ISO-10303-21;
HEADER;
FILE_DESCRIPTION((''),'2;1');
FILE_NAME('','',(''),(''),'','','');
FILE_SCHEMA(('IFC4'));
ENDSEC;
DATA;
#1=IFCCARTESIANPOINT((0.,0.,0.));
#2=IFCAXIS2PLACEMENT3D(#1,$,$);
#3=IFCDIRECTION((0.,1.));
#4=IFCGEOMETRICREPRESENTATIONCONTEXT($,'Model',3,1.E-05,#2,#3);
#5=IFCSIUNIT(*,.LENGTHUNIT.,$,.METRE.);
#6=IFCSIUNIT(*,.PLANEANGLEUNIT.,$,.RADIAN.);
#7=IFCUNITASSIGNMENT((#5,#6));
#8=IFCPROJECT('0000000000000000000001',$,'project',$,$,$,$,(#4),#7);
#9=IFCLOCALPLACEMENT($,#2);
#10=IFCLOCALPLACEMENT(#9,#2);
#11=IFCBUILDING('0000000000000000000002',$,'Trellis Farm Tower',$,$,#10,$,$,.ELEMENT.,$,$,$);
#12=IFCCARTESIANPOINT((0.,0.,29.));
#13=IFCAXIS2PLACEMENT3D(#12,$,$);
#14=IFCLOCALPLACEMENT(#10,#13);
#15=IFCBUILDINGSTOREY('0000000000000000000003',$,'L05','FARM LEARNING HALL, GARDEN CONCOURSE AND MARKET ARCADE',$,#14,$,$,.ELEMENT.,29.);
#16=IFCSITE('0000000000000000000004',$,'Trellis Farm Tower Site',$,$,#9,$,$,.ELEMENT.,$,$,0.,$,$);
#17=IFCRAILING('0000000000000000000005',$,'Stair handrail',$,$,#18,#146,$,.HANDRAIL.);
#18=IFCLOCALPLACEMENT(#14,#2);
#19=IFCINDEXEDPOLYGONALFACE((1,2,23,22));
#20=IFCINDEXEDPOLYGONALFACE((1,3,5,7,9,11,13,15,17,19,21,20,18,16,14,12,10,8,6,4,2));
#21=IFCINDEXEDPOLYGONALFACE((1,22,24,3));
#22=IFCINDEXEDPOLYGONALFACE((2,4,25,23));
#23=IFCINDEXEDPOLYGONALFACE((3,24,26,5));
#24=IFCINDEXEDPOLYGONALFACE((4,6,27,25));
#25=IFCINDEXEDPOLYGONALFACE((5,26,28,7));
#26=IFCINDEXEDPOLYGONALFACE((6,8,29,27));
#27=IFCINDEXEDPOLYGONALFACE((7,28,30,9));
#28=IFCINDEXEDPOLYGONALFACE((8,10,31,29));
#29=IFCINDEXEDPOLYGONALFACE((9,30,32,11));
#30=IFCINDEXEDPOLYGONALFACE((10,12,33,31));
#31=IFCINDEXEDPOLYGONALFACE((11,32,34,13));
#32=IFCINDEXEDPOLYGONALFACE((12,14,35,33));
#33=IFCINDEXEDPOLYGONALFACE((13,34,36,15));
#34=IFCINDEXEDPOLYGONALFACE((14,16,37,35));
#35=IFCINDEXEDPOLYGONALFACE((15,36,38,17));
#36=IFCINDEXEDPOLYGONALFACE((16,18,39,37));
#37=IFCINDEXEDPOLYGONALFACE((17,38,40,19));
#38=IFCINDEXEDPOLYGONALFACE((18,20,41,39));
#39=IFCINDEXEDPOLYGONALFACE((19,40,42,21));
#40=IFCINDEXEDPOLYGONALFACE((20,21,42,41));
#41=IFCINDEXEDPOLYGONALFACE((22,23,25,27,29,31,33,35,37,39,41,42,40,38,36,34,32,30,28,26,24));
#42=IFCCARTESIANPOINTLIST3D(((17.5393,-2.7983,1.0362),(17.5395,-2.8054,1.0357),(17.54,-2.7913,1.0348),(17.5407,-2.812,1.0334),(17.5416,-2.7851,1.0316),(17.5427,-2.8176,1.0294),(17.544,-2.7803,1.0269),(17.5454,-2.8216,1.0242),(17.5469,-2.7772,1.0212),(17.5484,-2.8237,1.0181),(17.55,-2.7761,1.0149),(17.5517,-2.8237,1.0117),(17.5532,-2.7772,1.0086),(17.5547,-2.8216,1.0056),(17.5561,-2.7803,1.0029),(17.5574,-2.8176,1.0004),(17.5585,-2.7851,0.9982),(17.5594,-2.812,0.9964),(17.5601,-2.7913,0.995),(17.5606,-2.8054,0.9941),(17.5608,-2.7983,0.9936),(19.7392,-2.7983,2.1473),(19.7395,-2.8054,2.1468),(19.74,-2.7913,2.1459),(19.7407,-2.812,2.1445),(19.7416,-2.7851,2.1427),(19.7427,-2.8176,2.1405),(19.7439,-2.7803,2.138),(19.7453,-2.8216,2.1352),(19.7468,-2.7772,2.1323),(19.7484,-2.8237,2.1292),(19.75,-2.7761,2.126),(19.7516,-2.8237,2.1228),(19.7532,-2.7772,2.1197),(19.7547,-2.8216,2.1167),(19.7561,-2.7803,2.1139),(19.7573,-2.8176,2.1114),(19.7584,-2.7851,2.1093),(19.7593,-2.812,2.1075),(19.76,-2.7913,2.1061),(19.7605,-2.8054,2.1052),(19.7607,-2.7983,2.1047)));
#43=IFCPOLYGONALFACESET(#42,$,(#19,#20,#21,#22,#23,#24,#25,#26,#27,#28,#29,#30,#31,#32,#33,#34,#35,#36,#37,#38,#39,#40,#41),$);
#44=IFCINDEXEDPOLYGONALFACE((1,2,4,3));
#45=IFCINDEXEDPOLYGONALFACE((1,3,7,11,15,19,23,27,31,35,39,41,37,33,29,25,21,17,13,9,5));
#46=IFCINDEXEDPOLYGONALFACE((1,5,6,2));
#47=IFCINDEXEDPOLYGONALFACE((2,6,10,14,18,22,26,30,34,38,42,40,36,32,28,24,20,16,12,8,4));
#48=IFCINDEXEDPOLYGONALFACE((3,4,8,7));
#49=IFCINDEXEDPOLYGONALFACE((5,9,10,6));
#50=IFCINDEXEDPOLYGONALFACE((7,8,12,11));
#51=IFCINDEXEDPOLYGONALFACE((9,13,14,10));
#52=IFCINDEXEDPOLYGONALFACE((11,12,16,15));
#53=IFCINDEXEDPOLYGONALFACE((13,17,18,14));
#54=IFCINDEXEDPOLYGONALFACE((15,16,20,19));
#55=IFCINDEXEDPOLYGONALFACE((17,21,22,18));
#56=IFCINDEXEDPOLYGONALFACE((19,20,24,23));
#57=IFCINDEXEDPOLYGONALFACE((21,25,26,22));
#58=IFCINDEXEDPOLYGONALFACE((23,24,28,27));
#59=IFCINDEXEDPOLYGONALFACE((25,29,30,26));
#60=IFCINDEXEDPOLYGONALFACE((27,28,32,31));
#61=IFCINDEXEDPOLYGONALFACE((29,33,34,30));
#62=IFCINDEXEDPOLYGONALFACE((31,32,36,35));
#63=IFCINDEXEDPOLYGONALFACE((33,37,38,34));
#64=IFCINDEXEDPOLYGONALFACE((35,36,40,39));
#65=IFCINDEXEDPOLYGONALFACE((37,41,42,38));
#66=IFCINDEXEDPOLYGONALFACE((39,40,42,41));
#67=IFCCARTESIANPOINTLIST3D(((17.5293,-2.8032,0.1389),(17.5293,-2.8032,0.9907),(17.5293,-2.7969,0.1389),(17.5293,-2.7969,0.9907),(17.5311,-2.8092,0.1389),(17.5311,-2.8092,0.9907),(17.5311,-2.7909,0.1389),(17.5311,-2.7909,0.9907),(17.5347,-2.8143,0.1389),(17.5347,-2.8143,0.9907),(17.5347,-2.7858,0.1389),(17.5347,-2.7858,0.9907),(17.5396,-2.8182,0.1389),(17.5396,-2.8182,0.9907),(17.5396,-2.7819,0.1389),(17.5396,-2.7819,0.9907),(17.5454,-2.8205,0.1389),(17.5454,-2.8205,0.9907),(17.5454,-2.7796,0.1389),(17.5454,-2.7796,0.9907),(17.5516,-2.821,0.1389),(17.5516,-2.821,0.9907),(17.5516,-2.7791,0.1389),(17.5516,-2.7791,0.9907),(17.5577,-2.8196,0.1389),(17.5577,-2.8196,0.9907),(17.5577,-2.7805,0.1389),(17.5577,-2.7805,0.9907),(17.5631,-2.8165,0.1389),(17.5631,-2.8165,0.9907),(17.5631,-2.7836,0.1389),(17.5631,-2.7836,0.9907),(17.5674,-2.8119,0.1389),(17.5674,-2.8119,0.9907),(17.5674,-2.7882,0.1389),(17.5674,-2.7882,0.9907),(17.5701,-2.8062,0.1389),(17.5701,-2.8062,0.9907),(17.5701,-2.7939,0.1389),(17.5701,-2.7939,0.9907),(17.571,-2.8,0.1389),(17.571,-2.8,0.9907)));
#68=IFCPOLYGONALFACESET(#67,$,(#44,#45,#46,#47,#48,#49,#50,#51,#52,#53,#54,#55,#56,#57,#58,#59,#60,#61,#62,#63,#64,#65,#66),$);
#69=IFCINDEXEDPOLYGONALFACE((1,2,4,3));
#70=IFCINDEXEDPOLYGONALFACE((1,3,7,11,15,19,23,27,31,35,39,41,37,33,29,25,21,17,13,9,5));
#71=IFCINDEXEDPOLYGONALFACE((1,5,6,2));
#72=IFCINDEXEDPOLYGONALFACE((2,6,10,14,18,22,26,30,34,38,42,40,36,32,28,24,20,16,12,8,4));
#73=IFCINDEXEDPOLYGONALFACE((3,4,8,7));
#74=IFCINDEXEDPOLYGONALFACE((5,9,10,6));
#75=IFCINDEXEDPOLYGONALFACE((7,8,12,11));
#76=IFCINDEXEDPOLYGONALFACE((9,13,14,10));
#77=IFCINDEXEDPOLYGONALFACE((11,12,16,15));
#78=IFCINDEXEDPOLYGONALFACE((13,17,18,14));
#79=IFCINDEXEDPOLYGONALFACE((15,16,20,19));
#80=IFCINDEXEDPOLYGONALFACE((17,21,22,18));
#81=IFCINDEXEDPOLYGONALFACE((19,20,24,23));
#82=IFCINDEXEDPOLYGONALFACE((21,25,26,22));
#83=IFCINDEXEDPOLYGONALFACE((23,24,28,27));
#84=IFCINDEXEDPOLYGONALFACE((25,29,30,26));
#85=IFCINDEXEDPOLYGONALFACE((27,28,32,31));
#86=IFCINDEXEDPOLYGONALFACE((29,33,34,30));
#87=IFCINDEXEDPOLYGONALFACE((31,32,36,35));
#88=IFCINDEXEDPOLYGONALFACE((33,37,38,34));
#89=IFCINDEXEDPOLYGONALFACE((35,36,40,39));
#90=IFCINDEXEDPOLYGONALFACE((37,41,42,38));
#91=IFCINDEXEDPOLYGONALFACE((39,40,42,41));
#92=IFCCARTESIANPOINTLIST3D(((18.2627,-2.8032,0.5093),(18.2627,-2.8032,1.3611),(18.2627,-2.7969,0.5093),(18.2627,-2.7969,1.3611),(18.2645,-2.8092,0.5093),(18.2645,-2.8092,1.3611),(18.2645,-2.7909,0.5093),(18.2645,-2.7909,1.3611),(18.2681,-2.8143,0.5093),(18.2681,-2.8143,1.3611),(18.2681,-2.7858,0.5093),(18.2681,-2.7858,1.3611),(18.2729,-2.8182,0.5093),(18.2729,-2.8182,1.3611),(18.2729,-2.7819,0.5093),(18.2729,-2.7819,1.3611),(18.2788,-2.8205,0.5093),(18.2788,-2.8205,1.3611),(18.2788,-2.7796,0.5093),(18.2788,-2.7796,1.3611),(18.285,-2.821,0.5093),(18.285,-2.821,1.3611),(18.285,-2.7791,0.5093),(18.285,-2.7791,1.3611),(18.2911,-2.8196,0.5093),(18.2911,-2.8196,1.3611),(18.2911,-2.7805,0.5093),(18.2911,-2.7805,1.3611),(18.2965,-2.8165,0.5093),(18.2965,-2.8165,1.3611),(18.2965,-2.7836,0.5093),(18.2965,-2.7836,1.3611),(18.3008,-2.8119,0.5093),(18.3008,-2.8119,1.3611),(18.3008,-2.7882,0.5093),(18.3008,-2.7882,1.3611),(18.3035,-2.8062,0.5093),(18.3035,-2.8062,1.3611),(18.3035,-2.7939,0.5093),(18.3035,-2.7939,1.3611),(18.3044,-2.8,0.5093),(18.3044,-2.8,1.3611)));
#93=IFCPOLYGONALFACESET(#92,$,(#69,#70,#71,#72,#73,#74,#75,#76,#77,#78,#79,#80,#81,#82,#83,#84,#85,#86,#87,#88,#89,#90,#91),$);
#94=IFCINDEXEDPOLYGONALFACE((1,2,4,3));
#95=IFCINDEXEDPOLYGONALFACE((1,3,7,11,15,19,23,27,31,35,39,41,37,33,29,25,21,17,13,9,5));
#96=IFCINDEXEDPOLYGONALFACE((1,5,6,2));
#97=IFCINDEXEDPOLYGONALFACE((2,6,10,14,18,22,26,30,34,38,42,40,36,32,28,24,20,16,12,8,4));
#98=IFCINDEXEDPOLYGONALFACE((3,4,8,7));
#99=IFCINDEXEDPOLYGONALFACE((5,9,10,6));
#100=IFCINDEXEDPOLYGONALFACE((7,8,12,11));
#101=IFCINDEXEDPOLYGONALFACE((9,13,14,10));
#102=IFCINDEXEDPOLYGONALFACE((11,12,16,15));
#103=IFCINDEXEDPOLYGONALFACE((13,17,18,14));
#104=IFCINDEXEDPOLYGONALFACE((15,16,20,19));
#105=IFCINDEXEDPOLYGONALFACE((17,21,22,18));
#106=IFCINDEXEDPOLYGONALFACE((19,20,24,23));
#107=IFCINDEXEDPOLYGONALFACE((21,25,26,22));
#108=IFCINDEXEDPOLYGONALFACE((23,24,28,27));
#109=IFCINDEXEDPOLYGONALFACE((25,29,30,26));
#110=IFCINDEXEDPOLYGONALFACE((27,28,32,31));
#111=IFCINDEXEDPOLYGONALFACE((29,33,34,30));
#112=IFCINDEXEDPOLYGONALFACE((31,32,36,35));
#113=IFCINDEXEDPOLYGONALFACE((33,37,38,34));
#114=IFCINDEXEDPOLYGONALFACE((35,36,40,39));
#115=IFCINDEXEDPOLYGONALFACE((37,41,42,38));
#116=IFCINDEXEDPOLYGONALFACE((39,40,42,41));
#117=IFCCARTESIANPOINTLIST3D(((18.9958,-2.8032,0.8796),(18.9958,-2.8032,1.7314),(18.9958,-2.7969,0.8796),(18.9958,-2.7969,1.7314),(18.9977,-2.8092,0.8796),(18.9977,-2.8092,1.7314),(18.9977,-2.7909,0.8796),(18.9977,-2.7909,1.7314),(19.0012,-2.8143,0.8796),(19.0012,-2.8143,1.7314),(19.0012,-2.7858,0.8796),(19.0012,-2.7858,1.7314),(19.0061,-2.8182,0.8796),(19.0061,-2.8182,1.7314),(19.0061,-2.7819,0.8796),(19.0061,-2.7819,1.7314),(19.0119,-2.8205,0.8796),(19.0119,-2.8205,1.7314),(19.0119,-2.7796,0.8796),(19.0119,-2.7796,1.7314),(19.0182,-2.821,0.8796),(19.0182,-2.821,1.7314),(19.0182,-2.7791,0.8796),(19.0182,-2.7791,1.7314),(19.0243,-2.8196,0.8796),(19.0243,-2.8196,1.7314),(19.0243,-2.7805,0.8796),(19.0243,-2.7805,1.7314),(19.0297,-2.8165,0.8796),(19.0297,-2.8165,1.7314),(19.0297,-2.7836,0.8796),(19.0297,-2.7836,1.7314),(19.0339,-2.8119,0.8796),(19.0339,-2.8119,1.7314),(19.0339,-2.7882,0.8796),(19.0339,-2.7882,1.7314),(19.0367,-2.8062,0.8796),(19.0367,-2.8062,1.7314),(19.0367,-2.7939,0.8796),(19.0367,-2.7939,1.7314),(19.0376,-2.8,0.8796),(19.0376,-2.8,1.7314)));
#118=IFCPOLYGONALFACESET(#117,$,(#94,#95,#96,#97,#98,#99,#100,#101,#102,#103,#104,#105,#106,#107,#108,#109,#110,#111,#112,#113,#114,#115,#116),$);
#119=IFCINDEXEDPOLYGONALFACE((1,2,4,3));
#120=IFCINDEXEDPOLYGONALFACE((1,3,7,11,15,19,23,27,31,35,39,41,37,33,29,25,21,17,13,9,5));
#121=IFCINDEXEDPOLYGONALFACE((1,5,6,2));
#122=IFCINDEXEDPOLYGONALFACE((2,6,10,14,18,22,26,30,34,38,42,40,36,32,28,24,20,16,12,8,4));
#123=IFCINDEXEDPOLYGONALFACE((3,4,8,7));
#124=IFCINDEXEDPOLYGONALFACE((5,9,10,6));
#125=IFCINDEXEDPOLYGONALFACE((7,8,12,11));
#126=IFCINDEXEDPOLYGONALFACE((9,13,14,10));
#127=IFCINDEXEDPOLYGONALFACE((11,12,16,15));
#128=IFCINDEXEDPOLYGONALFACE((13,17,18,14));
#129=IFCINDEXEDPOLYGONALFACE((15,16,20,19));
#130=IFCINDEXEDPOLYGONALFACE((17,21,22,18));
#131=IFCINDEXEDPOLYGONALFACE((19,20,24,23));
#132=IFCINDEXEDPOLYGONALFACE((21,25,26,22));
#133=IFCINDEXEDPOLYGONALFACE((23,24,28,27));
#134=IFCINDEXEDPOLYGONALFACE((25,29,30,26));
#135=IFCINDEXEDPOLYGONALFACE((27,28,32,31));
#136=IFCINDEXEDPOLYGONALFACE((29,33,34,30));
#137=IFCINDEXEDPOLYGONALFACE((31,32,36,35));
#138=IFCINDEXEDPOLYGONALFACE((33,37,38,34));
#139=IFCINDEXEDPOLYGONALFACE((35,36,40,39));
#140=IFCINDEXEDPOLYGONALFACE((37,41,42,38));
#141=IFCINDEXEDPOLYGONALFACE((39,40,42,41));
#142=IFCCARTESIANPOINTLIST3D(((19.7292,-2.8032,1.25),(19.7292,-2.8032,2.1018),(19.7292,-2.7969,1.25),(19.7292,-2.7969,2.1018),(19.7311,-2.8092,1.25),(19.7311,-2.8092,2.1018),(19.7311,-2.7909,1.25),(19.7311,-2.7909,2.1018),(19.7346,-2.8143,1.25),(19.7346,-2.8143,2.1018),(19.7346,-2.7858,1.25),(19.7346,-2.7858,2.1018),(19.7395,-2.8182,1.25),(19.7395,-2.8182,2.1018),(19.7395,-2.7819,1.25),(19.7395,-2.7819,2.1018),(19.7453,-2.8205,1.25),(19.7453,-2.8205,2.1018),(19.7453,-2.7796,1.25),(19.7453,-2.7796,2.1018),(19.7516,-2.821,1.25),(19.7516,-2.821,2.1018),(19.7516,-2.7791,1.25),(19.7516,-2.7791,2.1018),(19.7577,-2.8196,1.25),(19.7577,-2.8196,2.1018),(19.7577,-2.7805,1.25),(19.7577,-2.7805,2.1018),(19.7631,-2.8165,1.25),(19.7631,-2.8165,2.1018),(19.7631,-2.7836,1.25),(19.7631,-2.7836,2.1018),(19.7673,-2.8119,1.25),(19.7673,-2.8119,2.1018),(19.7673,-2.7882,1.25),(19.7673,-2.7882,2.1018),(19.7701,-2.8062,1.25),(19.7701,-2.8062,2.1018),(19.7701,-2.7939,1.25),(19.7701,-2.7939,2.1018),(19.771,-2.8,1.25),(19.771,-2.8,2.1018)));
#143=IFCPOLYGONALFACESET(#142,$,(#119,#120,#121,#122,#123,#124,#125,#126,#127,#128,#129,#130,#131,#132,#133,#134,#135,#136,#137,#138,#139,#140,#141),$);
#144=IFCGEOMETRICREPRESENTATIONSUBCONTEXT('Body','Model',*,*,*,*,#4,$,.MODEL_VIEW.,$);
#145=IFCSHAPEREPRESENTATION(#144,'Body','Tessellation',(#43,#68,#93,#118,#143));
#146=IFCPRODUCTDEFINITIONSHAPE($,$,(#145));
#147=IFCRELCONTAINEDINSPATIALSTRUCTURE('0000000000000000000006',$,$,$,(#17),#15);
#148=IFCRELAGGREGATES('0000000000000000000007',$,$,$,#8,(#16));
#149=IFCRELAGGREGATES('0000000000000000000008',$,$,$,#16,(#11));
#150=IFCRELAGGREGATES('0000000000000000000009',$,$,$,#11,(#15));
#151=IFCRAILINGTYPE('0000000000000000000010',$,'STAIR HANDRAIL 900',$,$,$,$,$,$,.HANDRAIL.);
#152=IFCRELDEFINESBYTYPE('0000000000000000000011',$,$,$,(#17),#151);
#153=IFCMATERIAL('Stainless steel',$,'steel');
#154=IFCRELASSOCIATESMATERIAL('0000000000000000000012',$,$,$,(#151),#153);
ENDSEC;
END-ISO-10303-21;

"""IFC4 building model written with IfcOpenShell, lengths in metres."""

from ifc_helpers import new_model, si_unit, direction, frame, origin, origin_2d, place, context, subcontext, project, spatial, circle, extrude, source, transform, mapped, material, type_object, element, save


model = new_model("IFC4")

# Units and contexts
model_context = context("Model", 3, precision=1e-05, world=origin(), true_north=direction((0.0, 1.0)))
body_context = subcontext(model_context, "Body", "Model", "MODEL_VIEW")
ifc_project = project(units=[si_unit("LENGTHUNIT", "METRE"), si_unit("PLANEANGLEUNIT", "RADIAN")], contexts=[model_context])

# Site, building, storey
site_placement = place(None, origin())
site = spatial("IfcSite", under=ifc_project, at=site_placement, Name="Trellis Farm Tower Site", CompositionType="ELEMENT", RefElevation=0.0)
building_placement = place(site_placement, origin())
building = spatial("IfcBuilding", under=site, at=building_placement, Name="Trellis Farm Tower", CompositionType="ELEMENT")
storey_placement = place(building_placement, frame((0.0, 0.0, 29.0)))
storey = spatial("IfcBuildingStorey", under=building, at=storey_placement, Name="L05", Description="FARM LEARNING HALL, GARDEN CONCOURSE AND MARKET ARCADE", CompositionType="ELEMENT", Elevation=29.0)

# Railing
ifc_material_1 = material(Name="Stainless steel", Category="steel")
railing_type = type_object("IfcRailingType", Name="STAIR HANDRAIL 900", PredefinedType="HANDRAIL", material=ifc_material_1)
shared_shape_1 = source(origin(), body_context, "Body", "SweptSolid", [
    extrude(circle(Radius=0.0239, at=origin_2d()), frame((0.0, 0.0, 0.876), z_axis=(0.892617, 0.0, 0.450816), x_axis=(0.0, 1.0, 0.0)), (0.0, 0.0, 1.0), 2.4646),
    extrude(circle(Radius=0.021, at=origin_2d()), origin(), (0.0, 0.0, 1.0), 0.8518),
    extrude(circle(Radius=0.021, at=origin_2d()), frame((0.7334, 0.0, 0.3704)), (0.0, 0.0, 1.0), 0.8518),
    extrude(circle(Radius=0.021, at=origin_2d()), frame((1.4666, 0.0, 0.7407)), (0.0, 0.0, 1.0), 0.8518),
    extrude(circle(Radius=0.021, at=origin_2d()), frame((2.2, 0.0, 1.1111)), (0.0, 0.0, 1.0), 0.8518),
])
for number, where, name in (
    (1, (17.55, -2.8, 0.1389), "Stair handrail"),
):
    element("IfcRailing", number, at=place(storey_placement, frame(where)), inside=storey, type_object=railing_type, Name=name, PredefinedType="HANDRAIL", context=body_context, shape_type="MappedRepresentation", body=[
        mapped(shared_shape_1, transform((0.0, 0.0, 0.0))),
    ])

save(model, "model.ifc")
